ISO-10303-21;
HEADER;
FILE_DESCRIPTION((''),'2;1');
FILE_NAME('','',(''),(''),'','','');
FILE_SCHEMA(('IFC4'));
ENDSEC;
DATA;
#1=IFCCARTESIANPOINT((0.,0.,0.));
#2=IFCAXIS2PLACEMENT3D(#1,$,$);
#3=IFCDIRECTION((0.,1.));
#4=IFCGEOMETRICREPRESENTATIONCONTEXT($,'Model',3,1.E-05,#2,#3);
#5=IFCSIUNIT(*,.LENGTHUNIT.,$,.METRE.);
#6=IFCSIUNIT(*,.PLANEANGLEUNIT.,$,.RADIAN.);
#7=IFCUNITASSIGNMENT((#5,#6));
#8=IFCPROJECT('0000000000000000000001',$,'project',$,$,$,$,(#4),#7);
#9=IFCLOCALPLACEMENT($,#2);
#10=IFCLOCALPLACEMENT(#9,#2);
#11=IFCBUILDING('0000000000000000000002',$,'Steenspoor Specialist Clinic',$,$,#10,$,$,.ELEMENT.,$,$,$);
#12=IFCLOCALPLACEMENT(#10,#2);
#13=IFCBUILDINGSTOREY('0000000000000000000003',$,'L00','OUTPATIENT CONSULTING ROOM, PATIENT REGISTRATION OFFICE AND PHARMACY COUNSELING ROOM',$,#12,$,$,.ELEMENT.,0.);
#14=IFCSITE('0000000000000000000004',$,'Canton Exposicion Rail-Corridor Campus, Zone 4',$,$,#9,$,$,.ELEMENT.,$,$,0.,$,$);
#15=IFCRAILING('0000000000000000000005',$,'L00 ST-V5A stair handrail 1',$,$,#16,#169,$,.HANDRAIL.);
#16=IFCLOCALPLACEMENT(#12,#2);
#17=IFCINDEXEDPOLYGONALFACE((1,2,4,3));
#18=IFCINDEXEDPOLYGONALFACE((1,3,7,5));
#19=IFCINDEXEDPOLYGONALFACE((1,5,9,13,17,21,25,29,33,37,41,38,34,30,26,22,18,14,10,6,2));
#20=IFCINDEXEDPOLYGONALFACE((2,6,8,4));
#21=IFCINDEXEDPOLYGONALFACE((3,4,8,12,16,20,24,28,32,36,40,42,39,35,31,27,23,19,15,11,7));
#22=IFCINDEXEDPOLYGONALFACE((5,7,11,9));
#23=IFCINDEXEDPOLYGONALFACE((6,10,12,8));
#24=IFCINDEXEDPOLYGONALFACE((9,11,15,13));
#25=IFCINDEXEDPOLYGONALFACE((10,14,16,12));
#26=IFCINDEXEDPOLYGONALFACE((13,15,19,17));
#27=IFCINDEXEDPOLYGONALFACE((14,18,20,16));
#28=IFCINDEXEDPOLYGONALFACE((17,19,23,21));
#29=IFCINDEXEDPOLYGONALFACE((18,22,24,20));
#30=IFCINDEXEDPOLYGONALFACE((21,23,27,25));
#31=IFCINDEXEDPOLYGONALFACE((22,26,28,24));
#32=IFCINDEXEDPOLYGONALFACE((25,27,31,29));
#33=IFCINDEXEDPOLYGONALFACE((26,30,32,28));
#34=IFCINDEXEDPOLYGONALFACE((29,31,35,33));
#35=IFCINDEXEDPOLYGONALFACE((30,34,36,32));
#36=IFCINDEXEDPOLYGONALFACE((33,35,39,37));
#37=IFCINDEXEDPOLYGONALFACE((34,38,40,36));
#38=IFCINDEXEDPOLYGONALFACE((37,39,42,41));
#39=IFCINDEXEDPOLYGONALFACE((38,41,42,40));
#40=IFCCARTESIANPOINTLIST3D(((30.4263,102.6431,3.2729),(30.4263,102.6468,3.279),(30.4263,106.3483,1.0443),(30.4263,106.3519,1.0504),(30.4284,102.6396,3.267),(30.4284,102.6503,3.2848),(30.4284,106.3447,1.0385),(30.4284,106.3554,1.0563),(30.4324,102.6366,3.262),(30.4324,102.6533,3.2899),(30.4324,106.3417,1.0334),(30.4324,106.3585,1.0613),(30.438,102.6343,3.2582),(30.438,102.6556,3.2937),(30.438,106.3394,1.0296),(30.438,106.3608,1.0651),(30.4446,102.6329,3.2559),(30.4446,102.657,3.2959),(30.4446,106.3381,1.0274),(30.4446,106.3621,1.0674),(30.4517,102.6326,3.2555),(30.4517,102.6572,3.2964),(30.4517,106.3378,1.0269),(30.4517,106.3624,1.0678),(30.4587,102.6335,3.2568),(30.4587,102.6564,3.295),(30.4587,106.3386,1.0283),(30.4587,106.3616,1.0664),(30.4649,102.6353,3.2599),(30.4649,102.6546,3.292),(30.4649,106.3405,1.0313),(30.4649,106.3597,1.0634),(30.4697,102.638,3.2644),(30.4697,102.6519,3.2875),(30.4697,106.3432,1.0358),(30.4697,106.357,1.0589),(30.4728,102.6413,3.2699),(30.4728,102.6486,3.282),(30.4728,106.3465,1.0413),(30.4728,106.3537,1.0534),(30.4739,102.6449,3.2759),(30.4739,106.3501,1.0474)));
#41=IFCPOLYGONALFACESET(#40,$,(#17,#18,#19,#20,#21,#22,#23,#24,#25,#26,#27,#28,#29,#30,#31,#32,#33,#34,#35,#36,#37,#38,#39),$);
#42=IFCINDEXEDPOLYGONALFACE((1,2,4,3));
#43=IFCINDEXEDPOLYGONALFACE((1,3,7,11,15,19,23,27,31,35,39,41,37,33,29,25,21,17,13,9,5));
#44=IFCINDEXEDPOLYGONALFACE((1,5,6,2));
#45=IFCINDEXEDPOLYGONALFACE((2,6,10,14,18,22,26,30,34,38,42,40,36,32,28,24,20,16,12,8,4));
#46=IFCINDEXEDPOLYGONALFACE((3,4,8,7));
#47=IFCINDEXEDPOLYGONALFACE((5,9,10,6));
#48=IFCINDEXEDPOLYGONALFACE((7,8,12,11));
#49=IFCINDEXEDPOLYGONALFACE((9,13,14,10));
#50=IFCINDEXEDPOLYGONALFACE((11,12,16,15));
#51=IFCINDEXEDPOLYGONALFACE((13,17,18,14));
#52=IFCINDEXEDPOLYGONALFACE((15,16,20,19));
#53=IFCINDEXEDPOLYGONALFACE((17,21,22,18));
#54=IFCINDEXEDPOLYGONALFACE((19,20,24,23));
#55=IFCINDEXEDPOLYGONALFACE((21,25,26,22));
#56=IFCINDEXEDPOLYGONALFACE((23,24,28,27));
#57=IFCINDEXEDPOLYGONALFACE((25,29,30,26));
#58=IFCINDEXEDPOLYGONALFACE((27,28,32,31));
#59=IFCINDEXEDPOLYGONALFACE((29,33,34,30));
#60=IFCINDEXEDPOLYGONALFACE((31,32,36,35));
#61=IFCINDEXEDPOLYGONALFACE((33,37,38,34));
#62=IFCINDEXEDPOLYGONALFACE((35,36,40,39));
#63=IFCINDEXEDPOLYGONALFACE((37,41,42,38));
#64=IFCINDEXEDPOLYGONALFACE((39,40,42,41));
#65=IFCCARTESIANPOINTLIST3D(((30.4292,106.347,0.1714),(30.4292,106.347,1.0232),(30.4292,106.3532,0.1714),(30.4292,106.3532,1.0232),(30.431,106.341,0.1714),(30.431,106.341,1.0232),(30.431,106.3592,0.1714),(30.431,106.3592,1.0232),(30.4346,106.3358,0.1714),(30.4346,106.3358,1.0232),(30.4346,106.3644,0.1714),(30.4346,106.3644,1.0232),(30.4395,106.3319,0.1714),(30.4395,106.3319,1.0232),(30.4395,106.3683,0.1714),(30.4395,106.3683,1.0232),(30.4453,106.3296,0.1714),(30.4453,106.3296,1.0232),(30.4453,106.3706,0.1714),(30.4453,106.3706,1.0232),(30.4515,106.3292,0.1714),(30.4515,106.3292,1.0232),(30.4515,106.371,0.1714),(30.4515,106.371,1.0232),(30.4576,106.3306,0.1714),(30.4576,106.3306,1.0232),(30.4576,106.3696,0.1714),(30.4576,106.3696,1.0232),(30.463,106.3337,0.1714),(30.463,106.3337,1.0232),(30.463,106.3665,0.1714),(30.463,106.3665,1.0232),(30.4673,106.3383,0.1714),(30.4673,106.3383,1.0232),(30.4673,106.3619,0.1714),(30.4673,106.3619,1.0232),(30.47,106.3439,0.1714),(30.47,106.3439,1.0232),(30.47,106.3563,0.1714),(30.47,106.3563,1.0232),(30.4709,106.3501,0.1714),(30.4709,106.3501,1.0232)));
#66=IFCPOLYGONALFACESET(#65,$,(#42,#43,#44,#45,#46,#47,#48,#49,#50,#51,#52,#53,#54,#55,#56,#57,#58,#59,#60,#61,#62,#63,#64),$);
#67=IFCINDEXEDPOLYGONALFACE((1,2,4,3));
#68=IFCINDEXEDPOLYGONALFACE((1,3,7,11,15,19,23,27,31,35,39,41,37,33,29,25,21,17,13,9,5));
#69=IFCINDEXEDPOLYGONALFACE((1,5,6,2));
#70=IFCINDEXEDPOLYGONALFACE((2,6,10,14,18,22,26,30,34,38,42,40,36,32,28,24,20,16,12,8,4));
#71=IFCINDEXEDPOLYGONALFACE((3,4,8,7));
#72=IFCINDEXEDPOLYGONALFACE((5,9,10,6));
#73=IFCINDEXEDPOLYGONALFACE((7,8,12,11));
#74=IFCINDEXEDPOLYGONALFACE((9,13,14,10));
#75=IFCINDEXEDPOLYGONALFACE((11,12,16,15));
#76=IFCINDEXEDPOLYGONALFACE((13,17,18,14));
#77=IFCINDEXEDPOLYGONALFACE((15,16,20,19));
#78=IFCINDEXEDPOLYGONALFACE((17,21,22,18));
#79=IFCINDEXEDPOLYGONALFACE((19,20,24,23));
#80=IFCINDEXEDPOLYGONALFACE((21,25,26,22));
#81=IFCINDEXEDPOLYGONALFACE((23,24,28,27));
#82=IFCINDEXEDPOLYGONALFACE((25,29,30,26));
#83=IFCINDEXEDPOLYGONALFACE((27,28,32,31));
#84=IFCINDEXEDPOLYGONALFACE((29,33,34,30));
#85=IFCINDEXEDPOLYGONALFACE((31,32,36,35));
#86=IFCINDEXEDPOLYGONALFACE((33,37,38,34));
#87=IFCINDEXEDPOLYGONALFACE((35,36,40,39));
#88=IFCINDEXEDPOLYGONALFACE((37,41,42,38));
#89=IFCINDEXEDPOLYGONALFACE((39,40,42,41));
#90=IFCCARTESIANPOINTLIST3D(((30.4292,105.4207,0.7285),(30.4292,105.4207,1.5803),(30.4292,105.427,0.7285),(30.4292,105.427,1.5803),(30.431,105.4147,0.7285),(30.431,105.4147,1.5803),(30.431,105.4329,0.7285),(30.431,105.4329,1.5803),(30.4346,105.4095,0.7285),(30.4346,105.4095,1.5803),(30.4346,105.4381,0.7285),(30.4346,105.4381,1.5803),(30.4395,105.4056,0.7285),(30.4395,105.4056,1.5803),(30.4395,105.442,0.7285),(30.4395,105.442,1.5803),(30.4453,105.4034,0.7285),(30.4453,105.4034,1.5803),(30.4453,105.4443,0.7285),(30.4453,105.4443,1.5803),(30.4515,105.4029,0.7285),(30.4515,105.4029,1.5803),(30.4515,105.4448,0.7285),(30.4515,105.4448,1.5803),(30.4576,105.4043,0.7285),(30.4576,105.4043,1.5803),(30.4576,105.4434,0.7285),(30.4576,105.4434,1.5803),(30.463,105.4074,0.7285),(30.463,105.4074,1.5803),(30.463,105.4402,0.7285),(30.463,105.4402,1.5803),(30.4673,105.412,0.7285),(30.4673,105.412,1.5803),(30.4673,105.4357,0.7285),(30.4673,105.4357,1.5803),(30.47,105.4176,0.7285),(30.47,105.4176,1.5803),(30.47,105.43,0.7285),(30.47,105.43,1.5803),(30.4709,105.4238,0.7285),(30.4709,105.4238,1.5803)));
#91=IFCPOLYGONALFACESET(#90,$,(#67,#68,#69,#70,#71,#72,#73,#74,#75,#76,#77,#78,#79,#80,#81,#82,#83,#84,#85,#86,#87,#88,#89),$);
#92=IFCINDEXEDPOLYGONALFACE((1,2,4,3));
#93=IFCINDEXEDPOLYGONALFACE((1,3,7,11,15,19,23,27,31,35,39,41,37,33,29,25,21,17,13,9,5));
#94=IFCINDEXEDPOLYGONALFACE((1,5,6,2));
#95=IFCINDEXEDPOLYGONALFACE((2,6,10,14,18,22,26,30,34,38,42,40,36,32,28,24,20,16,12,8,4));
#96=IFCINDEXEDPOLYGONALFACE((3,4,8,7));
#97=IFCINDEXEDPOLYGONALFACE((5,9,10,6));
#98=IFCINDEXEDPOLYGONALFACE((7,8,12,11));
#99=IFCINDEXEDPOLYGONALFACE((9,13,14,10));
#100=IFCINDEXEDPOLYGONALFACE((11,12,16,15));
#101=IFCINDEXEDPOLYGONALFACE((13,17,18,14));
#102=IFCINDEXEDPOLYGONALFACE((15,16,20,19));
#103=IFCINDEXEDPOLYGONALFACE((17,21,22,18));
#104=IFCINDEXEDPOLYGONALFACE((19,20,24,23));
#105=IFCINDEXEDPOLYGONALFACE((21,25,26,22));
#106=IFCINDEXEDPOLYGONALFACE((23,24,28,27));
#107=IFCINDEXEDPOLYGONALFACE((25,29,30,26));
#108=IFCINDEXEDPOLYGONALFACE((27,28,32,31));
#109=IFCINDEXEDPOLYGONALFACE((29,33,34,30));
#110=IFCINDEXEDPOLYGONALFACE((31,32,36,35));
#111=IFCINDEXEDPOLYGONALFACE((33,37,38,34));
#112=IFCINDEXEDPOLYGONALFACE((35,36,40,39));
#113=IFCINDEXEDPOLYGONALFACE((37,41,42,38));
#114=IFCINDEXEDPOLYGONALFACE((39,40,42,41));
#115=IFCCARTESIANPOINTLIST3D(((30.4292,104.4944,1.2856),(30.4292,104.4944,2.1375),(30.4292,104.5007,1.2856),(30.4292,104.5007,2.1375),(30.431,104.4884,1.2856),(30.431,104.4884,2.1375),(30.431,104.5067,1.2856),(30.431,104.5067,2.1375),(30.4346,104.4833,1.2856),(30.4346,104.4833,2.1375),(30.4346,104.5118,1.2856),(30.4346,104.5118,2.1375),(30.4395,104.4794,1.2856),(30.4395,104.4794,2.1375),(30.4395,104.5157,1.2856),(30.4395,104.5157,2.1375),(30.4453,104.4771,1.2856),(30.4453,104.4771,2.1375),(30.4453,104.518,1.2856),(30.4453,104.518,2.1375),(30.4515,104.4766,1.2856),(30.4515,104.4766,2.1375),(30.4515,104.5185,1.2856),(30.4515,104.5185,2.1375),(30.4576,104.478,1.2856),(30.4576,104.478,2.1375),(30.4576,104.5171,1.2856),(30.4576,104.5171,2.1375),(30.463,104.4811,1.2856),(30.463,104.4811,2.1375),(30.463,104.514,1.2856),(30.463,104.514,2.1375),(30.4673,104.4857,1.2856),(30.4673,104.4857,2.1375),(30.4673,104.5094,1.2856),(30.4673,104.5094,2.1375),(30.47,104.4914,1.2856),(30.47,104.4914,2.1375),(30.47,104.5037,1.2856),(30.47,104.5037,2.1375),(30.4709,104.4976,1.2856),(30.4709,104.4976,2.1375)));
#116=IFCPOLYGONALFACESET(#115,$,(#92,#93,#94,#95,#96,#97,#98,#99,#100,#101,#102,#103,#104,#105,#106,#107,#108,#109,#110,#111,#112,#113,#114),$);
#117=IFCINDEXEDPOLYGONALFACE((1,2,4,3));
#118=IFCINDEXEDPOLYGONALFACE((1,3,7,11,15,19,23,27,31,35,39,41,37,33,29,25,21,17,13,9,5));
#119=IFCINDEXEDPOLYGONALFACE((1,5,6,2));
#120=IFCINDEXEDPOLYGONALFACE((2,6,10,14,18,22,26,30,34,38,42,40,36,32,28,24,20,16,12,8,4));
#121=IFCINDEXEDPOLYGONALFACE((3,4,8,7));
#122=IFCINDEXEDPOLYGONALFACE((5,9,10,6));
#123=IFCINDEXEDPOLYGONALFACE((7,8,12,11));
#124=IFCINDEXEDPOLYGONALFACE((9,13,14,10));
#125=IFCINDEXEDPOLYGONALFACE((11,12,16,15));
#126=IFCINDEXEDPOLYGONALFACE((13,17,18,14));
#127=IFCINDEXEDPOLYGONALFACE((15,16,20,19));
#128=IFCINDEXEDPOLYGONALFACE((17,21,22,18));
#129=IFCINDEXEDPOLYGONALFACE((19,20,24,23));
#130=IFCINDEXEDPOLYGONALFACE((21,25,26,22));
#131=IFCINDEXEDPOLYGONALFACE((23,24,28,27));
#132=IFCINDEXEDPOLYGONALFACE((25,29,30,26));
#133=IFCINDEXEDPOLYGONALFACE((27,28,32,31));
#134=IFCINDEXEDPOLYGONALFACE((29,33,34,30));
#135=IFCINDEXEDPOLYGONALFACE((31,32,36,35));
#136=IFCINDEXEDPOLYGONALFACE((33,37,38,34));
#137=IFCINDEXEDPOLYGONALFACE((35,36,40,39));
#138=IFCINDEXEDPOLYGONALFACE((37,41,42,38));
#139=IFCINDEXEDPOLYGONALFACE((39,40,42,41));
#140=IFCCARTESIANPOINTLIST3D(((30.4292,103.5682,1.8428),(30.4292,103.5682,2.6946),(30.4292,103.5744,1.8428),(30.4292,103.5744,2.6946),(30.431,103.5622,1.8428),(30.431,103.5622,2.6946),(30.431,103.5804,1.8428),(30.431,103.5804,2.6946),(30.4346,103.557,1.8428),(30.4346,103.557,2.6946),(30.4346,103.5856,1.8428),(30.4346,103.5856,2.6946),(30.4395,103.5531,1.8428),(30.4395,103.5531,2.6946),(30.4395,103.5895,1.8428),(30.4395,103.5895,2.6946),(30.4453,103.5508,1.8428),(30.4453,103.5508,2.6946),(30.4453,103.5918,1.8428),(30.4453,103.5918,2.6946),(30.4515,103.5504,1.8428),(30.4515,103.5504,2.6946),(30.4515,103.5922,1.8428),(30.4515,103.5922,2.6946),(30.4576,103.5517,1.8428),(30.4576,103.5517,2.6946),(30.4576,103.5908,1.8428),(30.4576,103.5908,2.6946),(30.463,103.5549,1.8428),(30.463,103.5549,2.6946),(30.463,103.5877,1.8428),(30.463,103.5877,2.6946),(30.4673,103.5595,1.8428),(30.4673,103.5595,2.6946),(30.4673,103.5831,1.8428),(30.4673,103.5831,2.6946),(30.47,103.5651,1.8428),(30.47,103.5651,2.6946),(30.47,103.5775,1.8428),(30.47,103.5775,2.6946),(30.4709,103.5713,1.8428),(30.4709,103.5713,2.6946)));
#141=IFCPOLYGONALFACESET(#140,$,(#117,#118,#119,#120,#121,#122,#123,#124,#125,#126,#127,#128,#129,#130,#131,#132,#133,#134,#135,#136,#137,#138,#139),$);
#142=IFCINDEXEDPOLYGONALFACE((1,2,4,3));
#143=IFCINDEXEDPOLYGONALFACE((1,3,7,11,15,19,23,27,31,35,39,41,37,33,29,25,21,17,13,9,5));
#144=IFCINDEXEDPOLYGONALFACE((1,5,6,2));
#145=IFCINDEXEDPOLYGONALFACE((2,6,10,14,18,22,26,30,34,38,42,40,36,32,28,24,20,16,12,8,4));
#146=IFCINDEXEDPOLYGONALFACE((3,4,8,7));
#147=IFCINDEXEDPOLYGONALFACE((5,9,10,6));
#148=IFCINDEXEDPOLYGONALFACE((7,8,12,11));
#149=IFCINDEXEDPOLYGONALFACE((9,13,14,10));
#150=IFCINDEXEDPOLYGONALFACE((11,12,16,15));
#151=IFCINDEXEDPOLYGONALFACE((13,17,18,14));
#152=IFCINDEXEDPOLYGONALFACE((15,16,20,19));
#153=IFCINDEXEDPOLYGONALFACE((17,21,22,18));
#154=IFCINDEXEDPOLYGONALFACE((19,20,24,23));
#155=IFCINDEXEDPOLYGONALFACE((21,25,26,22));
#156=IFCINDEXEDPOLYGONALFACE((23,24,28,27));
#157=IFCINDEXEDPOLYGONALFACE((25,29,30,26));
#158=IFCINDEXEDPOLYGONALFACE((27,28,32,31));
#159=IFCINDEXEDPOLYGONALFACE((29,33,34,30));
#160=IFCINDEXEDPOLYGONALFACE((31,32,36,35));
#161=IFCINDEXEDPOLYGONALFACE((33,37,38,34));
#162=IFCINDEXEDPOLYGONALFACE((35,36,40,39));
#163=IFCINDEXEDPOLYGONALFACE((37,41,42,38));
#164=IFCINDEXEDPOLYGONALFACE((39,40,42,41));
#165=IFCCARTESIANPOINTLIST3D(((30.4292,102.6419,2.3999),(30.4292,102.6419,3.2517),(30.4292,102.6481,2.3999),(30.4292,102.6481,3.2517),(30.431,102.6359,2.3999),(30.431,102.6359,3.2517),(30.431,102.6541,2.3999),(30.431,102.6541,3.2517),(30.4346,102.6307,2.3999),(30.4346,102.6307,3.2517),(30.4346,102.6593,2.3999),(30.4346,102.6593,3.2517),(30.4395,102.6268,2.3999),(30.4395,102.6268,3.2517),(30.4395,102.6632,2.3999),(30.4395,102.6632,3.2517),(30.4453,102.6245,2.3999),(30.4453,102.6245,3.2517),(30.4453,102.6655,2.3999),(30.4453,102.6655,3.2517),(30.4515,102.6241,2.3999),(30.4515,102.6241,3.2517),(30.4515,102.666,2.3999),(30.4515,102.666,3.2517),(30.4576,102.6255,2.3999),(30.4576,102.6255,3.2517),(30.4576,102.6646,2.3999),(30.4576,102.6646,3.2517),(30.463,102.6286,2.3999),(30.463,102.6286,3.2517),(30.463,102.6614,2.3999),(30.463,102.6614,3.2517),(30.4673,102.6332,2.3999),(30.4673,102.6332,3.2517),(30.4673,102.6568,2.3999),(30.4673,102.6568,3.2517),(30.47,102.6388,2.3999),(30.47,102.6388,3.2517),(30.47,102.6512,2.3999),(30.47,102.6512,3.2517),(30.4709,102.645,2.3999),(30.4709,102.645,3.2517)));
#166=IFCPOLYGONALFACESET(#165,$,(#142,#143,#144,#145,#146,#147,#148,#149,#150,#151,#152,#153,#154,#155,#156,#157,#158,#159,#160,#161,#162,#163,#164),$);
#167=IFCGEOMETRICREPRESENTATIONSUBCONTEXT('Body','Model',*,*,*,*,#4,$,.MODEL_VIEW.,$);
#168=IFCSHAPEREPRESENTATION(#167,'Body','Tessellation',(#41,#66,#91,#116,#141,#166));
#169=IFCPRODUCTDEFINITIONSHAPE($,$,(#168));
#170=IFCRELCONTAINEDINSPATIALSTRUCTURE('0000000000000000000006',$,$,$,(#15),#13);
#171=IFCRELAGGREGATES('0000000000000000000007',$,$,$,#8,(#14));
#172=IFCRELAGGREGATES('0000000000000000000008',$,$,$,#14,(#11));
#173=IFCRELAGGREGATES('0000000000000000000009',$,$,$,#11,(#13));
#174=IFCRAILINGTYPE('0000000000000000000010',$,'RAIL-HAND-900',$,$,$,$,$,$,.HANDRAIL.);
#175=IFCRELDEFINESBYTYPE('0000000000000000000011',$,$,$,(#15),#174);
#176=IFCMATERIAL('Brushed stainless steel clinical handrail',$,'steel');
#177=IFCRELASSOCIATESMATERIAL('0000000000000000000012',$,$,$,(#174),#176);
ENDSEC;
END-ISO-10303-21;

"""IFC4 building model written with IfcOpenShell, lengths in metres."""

from ifc_helpers import new_model, si_unit, direction, frame, origin, origin_2d, place, context, subcontext, project, spatial, circle, extrude, material, type_object, element, save


model = new_model("IFC4")

# Units and contexts
model_context = context("Model", 3, precision=1e-05, world=origin(), true_north=direction((0.0, 1.0)))
body_context = subcontext(model_context, "Body", "Model", "MODEL_VIEW")
ifc_project = project(units=[si_unit("LENGTHUNIT", "METRE"), si_unit("PLANEANGLEUNIT", "RADIAN")], contexts=[model_context])

# Site, building, storey
site_placement = place(None, origin())
site = spatial("IfcSite", under=ifc_project, at=site_placement, Name="Canton Exposicion Rail-Corridor Campus, Zone 4", CompositionType="ELEMENT", RefElevation=0.0)
building_placement = place(site_placement, origin())
building = spatial("IfcBuilding", under=site, at=building_placement, Name="Steenspoor Specialist Clinic", CompositionType="ELEMENT")
storey_placement = place(building_placement, origin())
storey = spatial("IfcBuildingStorey", under=building, at=storey_placement, Name="L00", Description="OUTPATIENT CONSULTING ROOM, PATIENT REGISTRATION OFFICE AND PHARMACY COUNSELING ROOM", CompositionType="ELEMENT", Elevation=0.0)

# Railing
ifc_material_1 = material(Name="Brushed stainless steel clinical handrail", Category="steel")
railing_type_1 = type_object("IfcRailingType", Name="RAIL-HAND-900", PredefinedType="HANDRAIL", material=ifc_material_1)
railing_1_placement = place(storey_placement, frame((30.45, 106.3501, 0.1714)))
element("IfcRailing", 1, at=railing_1_placement, inside=storey, type_object=railing_type_1, Name="L00 ST-V5A stair handrail 1", PredefinedType="HANDRAIL", context=body_context, shape_type="SweptSolid", body=[
    extrude(circle(Radius=0.0239, at=origin_2d()), frame((0.0, 0.0, 0.876), z_axis=(0.0, -0.856934, 0.515425), x_axis=(1.0, 0.0, 0.0)), (0.0, 0.0, 1.0), 4.3237),
    extrude(circle(Radius=0.021, at=origin_2d()), origin(), (0.0, 0.0, 1.0), 0.8518),
    extrude(circle(Radius=0.021, at=origin_2d()), frame((0.0, -0.9263, 0.5571)), (0.0, 0.0, 1.0), 0.8518),
    extrude(circle(Radius=0.021, at=origin_2d()), frame((0.0, -1.8525, 1.1143)), (0.0, 0.0, 1.0), 0.8518),
    extrude(circle(Radius=0.021, at=origin_2d()), frame((0.0, -2.7788, 1.6714)), (0.0, 0.0, 1.0), 0.8518),
    extrude(circle(Radius=0.021, at=origin_2d()), frame((0.0, -3.7051, 2.2285)), (0.0, 0.0, 1.0), 0.8518),
])

save(model, "model.ifc")
